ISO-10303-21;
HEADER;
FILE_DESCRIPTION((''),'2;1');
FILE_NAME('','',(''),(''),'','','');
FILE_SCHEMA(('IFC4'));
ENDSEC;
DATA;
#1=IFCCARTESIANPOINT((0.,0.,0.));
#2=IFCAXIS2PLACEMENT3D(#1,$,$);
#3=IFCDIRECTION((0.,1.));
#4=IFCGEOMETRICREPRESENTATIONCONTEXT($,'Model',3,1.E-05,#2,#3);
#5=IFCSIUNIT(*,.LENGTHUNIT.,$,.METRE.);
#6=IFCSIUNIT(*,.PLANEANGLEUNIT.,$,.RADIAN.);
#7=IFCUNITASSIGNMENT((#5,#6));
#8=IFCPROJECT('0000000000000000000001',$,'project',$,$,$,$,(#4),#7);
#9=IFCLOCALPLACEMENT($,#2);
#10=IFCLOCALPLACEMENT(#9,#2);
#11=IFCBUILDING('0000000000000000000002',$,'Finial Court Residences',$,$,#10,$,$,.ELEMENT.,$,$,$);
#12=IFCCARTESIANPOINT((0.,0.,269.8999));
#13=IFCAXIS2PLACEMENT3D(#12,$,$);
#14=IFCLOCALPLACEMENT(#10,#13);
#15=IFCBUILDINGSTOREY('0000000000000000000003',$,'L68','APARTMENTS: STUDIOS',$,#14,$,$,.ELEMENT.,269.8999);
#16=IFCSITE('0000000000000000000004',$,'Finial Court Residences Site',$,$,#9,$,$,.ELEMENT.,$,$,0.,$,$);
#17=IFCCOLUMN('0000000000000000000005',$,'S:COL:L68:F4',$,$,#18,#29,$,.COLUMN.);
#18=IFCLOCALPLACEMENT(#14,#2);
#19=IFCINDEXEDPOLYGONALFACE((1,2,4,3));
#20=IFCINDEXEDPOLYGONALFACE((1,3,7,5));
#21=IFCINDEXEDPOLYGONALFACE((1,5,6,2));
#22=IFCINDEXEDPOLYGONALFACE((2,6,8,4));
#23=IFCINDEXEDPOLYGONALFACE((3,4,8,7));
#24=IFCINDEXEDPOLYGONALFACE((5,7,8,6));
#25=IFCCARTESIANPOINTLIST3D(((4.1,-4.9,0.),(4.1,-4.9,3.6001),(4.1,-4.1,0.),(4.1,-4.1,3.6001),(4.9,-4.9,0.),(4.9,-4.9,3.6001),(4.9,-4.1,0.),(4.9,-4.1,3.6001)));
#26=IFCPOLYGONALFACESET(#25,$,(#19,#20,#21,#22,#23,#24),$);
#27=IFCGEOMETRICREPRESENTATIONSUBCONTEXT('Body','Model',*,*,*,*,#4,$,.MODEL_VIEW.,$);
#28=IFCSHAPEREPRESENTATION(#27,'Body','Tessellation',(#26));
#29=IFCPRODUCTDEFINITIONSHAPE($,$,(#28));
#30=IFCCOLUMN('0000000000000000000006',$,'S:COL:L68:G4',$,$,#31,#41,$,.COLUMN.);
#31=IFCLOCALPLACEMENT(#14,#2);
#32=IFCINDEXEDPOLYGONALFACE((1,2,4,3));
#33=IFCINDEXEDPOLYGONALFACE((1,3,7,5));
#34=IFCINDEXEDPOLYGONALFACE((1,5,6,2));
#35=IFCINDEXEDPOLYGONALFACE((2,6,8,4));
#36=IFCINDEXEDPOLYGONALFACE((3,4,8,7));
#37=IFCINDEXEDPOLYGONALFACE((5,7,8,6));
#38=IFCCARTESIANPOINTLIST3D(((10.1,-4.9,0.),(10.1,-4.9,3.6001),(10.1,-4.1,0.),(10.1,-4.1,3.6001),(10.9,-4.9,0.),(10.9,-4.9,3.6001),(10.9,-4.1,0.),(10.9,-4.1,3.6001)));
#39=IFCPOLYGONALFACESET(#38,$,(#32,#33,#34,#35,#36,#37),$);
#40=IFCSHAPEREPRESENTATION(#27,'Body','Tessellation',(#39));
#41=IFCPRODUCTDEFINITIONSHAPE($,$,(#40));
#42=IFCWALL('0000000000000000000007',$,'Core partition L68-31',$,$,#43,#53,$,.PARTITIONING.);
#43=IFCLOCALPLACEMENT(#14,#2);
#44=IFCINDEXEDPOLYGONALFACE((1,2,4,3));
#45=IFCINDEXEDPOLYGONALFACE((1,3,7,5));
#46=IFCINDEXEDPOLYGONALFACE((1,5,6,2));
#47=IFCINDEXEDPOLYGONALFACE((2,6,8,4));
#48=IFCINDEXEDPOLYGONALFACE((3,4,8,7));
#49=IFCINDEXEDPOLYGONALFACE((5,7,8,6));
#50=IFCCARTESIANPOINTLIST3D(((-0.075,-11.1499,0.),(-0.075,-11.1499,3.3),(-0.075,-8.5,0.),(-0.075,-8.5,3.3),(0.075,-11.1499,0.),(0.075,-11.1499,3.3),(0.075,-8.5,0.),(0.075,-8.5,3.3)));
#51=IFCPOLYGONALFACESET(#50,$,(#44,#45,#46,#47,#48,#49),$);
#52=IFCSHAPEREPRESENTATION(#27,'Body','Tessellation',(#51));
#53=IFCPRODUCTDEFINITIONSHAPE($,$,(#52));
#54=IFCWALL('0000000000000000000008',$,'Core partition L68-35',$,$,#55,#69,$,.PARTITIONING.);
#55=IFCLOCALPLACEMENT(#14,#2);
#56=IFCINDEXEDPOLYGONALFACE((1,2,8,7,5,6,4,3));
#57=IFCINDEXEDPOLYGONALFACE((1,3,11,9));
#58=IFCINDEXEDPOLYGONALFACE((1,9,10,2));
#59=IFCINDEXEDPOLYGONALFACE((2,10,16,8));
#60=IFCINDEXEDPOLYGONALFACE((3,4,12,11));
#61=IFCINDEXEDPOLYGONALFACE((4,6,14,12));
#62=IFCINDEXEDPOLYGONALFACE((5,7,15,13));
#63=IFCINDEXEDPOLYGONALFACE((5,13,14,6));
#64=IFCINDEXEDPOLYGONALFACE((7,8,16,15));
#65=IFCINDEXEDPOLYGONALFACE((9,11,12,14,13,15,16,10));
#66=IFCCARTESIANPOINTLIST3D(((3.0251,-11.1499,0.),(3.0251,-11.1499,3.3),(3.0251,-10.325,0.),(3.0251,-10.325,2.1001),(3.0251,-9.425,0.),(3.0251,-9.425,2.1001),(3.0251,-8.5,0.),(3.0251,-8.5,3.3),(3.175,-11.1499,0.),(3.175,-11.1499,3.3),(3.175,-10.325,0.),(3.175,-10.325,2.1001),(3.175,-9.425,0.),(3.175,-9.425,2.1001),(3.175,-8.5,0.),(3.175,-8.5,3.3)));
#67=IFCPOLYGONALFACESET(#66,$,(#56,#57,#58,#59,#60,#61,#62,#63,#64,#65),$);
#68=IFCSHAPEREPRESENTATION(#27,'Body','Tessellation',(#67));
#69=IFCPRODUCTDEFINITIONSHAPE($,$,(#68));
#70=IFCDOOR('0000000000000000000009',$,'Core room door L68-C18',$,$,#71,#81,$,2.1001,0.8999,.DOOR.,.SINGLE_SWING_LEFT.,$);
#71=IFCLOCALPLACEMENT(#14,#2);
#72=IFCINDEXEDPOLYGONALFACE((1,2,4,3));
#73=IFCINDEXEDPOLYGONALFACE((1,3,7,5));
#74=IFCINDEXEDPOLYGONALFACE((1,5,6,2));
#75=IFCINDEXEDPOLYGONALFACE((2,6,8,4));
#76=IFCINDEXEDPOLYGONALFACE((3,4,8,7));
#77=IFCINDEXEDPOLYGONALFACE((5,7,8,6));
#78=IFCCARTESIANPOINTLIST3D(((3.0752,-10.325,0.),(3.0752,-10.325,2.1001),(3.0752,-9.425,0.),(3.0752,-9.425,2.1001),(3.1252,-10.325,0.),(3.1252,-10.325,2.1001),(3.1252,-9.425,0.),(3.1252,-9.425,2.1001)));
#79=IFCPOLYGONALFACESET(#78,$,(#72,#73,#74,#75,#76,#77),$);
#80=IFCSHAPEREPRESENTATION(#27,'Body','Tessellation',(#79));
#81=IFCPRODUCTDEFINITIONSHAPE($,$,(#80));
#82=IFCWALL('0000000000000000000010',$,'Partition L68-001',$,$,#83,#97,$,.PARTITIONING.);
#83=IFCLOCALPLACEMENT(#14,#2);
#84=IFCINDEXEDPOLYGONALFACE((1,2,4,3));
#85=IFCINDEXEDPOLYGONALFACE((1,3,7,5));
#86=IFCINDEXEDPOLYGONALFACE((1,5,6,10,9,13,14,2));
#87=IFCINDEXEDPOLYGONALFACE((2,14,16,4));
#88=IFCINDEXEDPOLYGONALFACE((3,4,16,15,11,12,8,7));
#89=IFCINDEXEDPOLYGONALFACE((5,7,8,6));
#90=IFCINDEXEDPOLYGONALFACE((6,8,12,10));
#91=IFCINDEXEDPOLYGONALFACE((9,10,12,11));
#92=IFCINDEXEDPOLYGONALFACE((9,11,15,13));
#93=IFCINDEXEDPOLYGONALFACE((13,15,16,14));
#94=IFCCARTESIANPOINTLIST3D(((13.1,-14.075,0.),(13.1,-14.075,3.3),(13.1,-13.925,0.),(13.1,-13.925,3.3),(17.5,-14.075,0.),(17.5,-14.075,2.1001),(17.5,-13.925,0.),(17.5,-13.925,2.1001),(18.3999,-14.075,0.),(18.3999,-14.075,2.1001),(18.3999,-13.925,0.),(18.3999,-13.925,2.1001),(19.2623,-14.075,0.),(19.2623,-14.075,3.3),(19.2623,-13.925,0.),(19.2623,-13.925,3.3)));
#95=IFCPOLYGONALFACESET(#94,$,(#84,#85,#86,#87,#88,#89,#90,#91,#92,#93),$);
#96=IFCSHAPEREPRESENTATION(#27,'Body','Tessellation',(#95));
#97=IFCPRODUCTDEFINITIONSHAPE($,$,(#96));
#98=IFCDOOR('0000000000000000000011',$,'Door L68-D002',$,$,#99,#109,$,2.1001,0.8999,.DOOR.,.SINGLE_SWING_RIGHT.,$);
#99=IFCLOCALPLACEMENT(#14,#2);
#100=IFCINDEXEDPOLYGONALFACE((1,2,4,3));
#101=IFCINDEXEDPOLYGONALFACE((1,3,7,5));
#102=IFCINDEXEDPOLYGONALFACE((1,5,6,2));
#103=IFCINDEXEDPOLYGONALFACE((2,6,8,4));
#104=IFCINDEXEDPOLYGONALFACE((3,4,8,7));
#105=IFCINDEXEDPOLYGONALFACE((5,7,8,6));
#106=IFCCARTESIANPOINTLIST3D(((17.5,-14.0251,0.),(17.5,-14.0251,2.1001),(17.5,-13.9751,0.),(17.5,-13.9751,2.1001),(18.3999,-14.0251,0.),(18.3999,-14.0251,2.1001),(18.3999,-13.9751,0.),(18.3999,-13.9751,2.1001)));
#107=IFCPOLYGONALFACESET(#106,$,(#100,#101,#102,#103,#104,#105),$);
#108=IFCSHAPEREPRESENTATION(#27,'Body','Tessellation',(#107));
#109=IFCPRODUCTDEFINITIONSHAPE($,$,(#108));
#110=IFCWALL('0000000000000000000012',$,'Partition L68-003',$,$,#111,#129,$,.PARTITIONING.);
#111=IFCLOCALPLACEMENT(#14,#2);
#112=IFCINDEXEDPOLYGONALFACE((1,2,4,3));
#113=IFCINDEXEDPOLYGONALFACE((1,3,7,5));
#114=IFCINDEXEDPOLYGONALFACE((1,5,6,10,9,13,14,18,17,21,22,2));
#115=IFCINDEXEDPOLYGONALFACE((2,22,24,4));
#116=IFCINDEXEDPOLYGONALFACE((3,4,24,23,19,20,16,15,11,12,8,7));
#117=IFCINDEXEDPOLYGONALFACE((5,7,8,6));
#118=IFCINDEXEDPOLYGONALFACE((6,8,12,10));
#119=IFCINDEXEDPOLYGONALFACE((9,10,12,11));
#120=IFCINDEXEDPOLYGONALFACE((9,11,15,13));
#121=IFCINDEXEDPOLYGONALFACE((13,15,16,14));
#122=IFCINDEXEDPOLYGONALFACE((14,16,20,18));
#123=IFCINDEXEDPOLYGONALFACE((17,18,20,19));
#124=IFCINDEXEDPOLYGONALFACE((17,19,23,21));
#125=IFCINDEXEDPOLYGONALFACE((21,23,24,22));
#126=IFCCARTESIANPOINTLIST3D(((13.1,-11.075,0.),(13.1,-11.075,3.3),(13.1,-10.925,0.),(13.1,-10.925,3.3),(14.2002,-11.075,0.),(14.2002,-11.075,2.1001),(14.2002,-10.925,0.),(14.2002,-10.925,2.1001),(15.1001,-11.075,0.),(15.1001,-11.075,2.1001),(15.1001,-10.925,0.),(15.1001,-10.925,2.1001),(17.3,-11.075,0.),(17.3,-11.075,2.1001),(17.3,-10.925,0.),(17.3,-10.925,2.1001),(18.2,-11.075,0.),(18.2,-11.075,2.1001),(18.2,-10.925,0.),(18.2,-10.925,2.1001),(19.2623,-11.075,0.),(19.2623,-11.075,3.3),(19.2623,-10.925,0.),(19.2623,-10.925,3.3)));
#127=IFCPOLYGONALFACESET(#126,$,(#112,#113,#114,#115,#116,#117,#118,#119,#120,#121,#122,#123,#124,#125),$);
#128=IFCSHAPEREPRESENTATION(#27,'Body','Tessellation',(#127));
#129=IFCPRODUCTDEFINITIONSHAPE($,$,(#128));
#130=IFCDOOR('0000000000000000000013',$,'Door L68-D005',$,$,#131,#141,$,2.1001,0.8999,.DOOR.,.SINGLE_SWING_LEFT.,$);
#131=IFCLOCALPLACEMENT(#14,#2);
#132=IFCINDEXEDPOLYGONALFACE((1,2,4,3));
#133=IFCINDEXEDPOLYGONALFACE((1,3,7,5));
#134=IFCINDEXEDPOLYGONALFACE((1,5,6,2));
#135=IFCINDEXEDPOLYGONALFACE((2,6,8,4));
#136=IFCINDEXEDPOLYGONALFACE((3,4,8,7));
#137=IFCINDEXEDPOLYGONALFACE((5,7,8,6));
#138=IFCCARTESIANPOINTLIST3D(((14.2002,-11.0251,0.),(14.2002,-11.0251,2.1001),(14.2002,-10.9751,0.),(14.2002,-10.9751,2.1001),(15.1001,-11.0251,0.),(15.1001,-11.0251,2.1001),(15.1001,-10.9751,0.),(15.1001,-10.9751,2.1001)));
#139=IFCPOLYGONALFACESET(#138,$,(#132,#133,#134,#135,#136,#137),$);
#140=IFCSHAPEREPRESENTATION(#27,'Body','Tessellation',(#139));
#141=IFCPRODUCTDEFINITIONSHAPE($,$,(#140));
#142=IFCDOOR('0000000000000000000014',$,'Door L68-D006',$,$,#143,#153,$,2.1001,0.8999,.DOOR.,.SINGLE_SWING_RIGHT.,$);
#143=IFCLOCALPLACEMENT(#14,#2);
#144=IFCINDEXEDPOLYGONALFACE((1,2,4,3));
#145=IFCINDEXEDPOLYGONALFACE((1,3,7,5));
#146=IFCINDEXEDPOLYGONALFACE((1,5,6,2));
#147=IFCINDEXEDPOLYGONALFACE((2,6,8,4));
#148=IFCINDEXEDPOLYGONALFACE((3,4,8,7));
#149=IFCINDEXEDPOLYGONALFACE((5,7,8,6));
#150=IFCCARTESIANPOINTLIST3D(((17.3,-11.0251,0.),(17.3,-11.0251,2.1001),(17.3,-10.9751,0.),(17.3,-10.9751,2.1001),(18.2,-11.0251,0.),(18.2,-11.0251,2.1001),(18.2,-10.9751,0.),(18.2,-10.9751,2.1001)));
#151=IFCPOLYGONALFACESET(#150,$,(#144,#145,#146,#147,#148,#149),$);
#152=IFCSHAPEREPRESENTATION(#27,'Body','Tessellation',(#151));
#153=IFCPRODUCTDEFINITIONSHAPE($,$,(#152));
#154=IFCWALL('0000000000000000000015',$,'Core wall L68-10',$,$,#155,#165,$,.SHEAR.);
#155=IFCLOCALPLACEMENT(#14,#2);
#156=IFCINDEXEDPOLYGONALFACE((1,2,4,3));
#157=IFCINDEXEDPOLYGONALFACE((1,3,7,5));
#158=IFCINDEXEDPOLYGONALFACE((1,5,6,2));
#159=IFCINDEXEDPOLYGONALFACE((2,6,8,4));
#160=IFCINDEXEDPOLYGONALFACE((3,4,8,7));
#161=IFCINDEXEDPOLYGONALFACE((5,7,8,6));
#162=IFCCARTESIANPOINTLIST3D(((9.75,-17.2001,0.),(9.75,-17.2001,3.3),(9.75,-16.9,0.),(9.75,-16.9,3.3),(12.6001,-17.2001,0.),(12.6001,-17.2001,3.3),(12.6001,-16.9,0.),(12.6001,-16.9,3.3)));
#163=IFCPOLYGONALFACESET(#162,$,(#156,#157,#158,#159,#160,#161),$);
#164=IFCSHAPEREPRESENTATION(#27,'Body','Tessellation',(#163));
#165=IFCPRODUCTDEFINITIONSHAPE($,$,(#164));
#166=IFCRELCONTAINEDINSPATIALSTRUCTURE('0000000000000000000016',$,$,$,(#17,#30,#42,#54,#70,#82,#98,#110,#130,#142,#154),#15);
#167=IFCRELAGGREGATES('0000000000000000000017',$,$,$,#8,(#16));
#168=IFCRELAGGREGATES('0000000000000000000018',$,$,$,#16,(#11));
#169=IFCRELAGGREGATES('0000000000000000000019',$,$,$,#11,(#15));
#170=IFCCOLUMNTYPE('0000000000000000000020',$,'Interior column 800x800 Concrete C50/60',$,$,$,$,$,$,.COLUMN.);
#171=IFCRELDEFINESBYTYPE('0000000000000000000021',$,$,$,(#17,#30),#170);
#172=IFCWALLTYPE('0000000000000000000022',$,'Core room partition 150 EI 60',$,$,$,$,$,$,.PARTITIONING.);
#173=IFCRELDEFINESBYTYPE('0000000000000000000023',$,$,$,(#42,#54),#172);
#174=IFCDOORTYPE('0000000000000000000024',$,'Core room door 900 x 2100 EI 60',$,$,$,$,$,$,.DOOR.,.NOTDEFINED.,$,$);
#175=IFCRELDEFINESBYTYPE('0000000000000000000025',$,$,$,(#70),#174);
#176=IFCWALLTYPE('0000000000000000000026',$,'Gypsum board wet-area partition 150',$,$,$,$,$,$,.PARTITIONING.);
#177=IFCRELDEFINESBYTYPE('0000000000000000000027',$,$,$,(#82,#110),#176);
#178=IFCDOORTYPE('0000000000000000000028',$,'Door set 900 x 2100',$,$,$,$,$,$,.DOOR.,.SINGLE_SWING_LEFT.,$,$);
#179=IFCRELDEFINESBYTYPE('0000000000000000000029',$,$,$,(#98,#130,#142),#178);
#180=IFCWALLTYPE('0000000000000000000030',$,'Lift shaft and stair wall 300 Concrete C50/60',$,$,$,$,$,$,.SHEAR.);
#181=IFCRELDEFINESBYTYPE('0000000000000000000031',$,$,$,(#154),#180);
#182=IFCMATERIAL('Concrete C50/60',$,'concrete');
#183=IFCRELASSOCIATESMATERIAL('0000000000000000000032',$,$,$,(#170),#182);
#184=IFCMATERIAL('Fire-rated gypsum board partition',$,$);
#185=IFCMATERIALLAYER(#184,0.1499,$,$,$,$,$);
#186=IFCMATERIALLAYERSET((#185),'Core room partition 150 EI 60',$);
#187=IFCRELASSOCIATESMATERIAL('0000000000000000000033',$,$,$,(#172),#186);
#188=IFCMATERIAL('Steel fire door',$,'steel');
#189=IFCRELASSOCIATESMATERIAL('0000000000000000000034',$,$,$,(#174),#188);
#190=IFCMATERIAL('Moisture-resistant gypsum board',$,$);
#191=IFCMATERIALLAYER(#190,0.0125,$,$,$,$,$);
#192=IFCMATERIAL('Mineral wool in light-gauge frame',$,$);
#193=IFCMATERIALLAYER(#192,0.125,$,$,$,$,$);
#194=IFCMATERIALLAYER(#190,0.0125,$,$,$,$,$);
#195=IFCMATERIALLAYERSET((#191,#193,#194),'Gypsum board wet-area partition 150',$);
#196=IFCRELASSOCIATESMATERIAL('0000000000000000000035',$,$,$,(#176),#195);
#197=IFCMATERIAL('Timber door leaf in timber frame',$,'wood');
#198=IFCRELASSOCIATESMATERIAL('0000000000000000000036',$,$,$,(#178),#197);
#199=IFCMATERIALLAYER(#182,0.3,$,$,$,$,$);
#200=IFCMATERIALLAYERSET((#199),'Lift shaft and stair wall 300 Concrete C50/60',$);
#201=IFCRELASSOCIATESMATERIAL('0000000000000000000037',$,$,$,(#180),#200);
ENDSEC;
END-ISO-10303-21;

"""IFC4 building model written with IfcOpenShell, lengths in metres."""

from ifc_helpers import new_model, si_unit, direction, frame, frame_2d, origin, origin_2d, place, context, subcontext, project, spatial, rectangle, extrude, material, layer, layer_set, material_profile, profile_set, type_object, element, fill, save


model = new_model("IFC4")

# Units and contexts
model_context = context("Model", 3, precision=1e-05, world=origin(), true_north=direction((0.0, 1.0)))
body_context = subcontext(model_context, "Body", "Model", "MODEL_VIEW")
ifc_project = project(units=[si_unit("LENGTHUNIT", "METRE"), si_unit("PLANEANGLEUNIT", "RADIAN")], contexts=[model_context])

# Site, building, storey
site_placement = place(None, origin())
site = spatial("IfcSite", under=ifc_project, at=site_placement, Name="Finial Court Residences Site", CompositionType="ELEMENT", RefElevation=0.0)
building_placement = place(site_placement, origin())
building = spatial("IfcBuilding", under=site, at=building_placement, Name="Finial Court Residences", CompositionType="ELEMENT")
storey_placement = place(building_placement, frame((0.0, 0.0, 269.8999)))
storey = spatial("IfcBuildingStorey", under=building, at=storey_placement, Name="L68", Description="APARTMENTS: STUDIOS", CompositionType="ELEMENT", Elevation=269.8999)

# Columns
ifc_material_1 = material(Name="Concrete C50/60", Category="concrete")
ifc_material_profile = material_profile(ifc_material_1, rectangle(XDim=0.8, YDim=0.8, at=origin_2d()), Name="800x800")
ifc_profile_set = profile_set([ifc_material_profile], Name="Concrete C50/60")
column_type = type_object("IfcColumnType", Name="Interior column 800x800 Concrete C50/60", PredefinedType="COLUMN", material=ifc_profile_set)
for number, where, z_axis, x_axis, name in (
    (1, (4.5, -4.5, 0.0), (0.0, 0.0, 1.0), (1.0, 0.0, 0.0), "S:COL:L68:F4"),
    (2, (10.5, -4.5, 0.0), (0.0, 0.0, 1.0), (1.0, 0.0, 0.0), "S:COL:L68:G4"),
):
    element("IfcColumn", number, at=place(storey_placement, frame(where, z_axis=z_axis, x_axis=x_axis)), inside=storey, type_object=column_type, Name=name, PredefinedType="COLUMN", context=body_context, shape_type="SweptSolid", body=[
        extrude(rectangle(XDim=0.8, YDim=0.8, at=origin_2d()), origin(), (0.0, 0.0, 1.0), 3.6001),
    ])

# Wall
ifc_material_2 = material(Name="Fire-rated gypsum board partition")
ifc_layer_1 = layer(ifc_material_2, 0.1499)
ifc_layer_set_1 = layer_set([ifc_layer_1], Name="Core room partition 150 EI 60")
wall_type_1 = type_object("IfcWallType", Name="Core room partition 150 EI 60", PredefinedType="PARTITIONING", material=ifc_layer_set_1)
wall_1_placement = place(storey_placement, frame((0.0, -11.1499, 0.0), z_axis=(0.0, 0.0, 1.0), x_axis=(0.0, 1.0, 0.0)))
element("IfcWall", 3, at=wall_1_placement, inside=storey, type_object=wall_type_1, Name="Core partition L68-31", PredefinedType="PARTITIONING", context=body_context, shape_type="SweptSolid", body=[
    extrude(rectangle(XDim=2.6499, YDim=0.1499, at=frame_2d((1.325, 0.0))), origin(), (0.0, 0.0, 1.0), 3.3),
])

# Walls, openings, doors
wall_2_placement = place(storey_placement, frame((3.1001, -11.1499, 0.0), z_axis=(0.0, 0.0, 1.0), x_axis=(0.0, 1.0, 0.0)))
wall_2 = element("IfcWall", 4, at=wall_2_placement, inside=storey, type_object=wall_type_1, Name="Core partition L68-35", PredefinedType="PARTITIONING", context=body_context, shape_type="SweptSolid", body=[
    extrude(rectangle(XDim=2.6499, YDim=0.1499, at=frame_2d((1.325, 0.0))), origin(), (0.0, 0.0, 1.0), 3.3),
])
opening_1_placement = place(wall_2_placement, frame((0.825, 0.0, 0.0)))
opening_1 = element("IfcOpeningElement", 5, at=opening_1_placement, cuts=wall_2, PredefinedType="OPENING", context=body_context, shape_type="SweptSolid", body=[
    extrude(rectangle(XDim=0.8999, YDim=2.1001, at=frame_2d((0.45, 1.05))), frame((0.0, 0.085, 0.0), z_axis=(0.0, -1.0, 0.0), x_axis=(1.0, 0.0, 0.0)), (0.0, 0.0, 1.0), 0.1699),
])
ifc_material_3 = material(Name="Steel fire door", Category="steel")
door_type_1 = type_object("IfcDoorType", Name="Core room door 900 x 2100 EI 60", OperationType="NOTDEFINED", PredefinedType="DOOR", material=ifc_material_3)
door_1_placement = place(opening_1_placement, origin())
door_1 = element("IfcDoor", 6, at=door_1_placement, inside=storey, type_object=door_type_1, Name="Core room door L68-C18", OperationType="SINGLE_SWING_LEFT", OverallHeight=2.1001, OverallWidth=0.8999, PredefinedType="DOOR", context=body_context, shape_type="SweptSolid", body=[
    extrude(rectangle(XDim=0.8999, YDim=2.1001, at=frame_2d((0.45, 1.05))), frame((0.0, 0.0249, 0.0), z_axis=(0.0, -1.0, 0.0), x_axis=(1.0, 0.0, 0.0)), (0.0, 0.0, 1.0), 0.05),
])
fill(opening_1, door_1)
ifc_material_4 = material(Name="Moisture-resistant gypsum board")
ifc_layer_2 = layer(ifc_material_4, 0.0125)
ifc_material_5 = material(Name="Mineral wool in light-gauge frame")
ifc_layer_3 = layer(ifc_material_5, 0.125)
ifc_layer_4 = layer(ifc_material_4, 0.0125)
ifc_layer_set_2 = layer_set([ifc_layer_2, ifc_layer_3, ifc_layer_4], Name="Gypsum board wet-area partition 150")
wall_type_2 = type_object("IfcWallType", Name="Gypsum board wet-area partition 150", PredefinedType="PARTITIONING", material=ifc_layer_set_2)
wall_3_placement = place(storey_placement, frame((13.1001, -14.0, 0.0), z_axis=(0.0, 0.0, 1.0), x_axis=(1.0, 0.0, 0.0)))
wall_3 = element("IfcWall", 7, at=wall_3_placement, inside=storey, type_object=wall_type_2, Name="Partition L68-001", PredefinedType="PARTITIONING", context=body_context, shape_type="SweptSolid", body=[
    extrude(rectangle(XDim=6.1624, YDim=0.1499, at=frame_2d((3.0811, 0.0))), origin(), (0.0, 0.0, 1.0), 3.3),
])
opening_2_placement = place(wall_3_placement, frame((4.3999, 0.0, 0.0)))
opening_2 = element("IfcOpeningElement", 8, at=opening_2_placement, cuts=wall_3, PredefinedType="OPENING", context=body_context, shape_type="SweptSolid", body=[
    extrude(rectangle(XDim=0.8999, YDim=2.1001, at=frame_2d((0.45, 1.05))), frame((0.0, 0.085, 0.0), z_axis=(0.0, -1.0, 0.0), x_axis=(1.0, 0.0, 0.0)), (0.0, 0.0, 1.0), 0.1699),
])
ifc_material_6 = material(Name="Timber door leaf in timber frame", Category="wood")
door_type_2 = type_object("IfcDoorType", Name="Door set 900 x 2100", OperationType="SINGLE_SWING_LEFT", PredefinedType="DOOR", material=ifc_material_6)
door_2_placement = place(opening_2_placement, origin())
door_2 = element("IfcDoor", 9, at=door_2_placement, inside=storey, type_object=door_type_2, Name="Door L68-D002", OperationType="SINGLE_SWING_RIGHT", OverallHeight=2.1001, OverallWidth=0.8999, PredefinedType="DOOR", context=body_context, shape_type="SweptSolid", body=[
    extrude(rectangle(XDim=0.8999, YDim=2.1001, at=frame_2d((0.45, 1.05))), frame((0.0, 0.0249, 0.0), z_axis=(0.0, -1.0, 0.0), x_axis=(1.0, 0.0, 0.0)), (0.0, 0.0, 1.0), 0.05),
])
fill(opening_2, door_2)

# Wall, openings, doors
wall_4_placement = place(storey_placement, frame((13.1001, -11.0, 0.0), z_axis=(0.0, 0.0, 1.0), x_axis=(1.0, 0.0, 0.0)))
wall_4 = element("IfcWall", 10, at=wall_4_placement, inside=storey, type_object=wall_type_2, Name="Partition L68-003", PredefinedType="PARTITIONING", context=body_context, shape_type="SweptSolid", body=[
    extrude(rectangle(XDim=6.1624, YDim=0.1499, at=frame_2d((3.0811, 0.0))), origin(), (0.0, 0.0, 1.0), 3.3),
])
opening_3_placement = place(wall_4_placement, frame((1.1001, 0.0, 0.0)))
opening_3 = element("IfcOpeningElement", 11, at=opening_3_placement, cuts=wall_4, PredefinedType="OPENING", context=body_context, shape_type="SweptSolid", body=[
    extrude(rectangle(XDim=0.8999, YDim=2.1001, at=frame_2d((0.45, 1.05))), frame((0.0, 0.085, 0.0), z_axis=(0.0, -1.0, 0.0), x_axis=(1.0, 0.0, 0.0)), (0.0, 0.0, 1.0), 0.1699),
])
opening_4_placement = place(wall_4_placement, frame((4.2, 0.0, 0.0)))
opening_4 = element("IfcOpeningElement", 12, at=opening_4_placement, cuts=wall_4, PredefinedType="OPENING", context=body_context, shape_type="SweptSolid", body=[
    extrude(rectangle(XDim=0.8999, YDim=2.1001, at=frame_2d((0.45, 1.05))), frame((0.0, 0.085, 0.0), z_axis=(0.0, -1.0, 0.0), x_axis=(1.0, 0.0, 0.0)), (0.0, 0.0, 1.0), 0.1699),
])
door_3_placement = place(opening_3_placement, origin())
door_3 = element("IfcDoor", 13, at=door_3_placement, inside=storey, type_object=door_type_2, Name="Door L68-D005", OperationType="SINGLE_SWING_LEFT", OverallHeight=2.1001, OverallWidth=0.8999, PredefinedType="DOOR", context=body_context, shape_type="SweptSolid", body=[
    extrude(rectangle(XDim=0.8999, YDim=2.1001, at=frame_2d((0.45, 1.05))), frame((0.0, 0.0249, 0.0), z_axis=(0.0, -1.0, 0.0), x_axis=(1.0, 0.0, 0.0)), (0.0, 0.0, 1.0), 0.05),
])
fill(opening_3, door_3)
door_4_placement = place(opening_4_placement, origin())
door_4 = element("IfcDoor", 14, at=door_4_placement, inside=storey, type_object=door_type_2, Name="Door L68-D006", OperationType="SINGLE_SWING_RIGHT", OverallHeight=2.1001, OverallWidth=0.8999, PredefinedType="DOOR", context=body_context, shape_type="SweptSolid", body=[
    extrude(rectangle(XDim=0.8999, YDim=2.1001, at=frame_2d((0.45, 1.05))), frame((0.0, 0.0249, 0.0), z_axis=(0.0, -1.0, 0.0), x_axis=(1.0, 0.0, 0.0)), (0.0, 0.0, 1.0), 0.05),
])
fill(opening_4, door_4)

# Wall
ifc_layer_5 = layer(ifc_material_1, 0.3)
ifc_layer_set_3 = layer_set([ifc_layer_5], Name="Lift shaft and stair wall 300 Concrete C50/60")
wall_type_3 = type_object("IfcWallType", Name="Lift shaft and stair wall 300 Concrete C50/60", PredefinedType="SHEAR", material=ifc_layer_set_3)
wall_5_placement = place(storey_placement, frame((9.75, -17.05, 0.0), z_axis=(0.0, 0.0, 1.0), x_axis=(1.0, 0.0, 0.0)))
element("IfcWall", 15, at=wall_5_placement, inside=storey, type_object=wall_type_3, Name="Core wall L68-10", PredefinedType="SHEAR", context=body_context, shape_type="SweptSolid", body=[
    extrude(rectangle(XDim=2.8501, YDim=0.3, at=frame_2d((1.425, 0.0))), origin(), (0.0, 0.0, 1.0), 3.3),
])

save(model, "model.ifc")
